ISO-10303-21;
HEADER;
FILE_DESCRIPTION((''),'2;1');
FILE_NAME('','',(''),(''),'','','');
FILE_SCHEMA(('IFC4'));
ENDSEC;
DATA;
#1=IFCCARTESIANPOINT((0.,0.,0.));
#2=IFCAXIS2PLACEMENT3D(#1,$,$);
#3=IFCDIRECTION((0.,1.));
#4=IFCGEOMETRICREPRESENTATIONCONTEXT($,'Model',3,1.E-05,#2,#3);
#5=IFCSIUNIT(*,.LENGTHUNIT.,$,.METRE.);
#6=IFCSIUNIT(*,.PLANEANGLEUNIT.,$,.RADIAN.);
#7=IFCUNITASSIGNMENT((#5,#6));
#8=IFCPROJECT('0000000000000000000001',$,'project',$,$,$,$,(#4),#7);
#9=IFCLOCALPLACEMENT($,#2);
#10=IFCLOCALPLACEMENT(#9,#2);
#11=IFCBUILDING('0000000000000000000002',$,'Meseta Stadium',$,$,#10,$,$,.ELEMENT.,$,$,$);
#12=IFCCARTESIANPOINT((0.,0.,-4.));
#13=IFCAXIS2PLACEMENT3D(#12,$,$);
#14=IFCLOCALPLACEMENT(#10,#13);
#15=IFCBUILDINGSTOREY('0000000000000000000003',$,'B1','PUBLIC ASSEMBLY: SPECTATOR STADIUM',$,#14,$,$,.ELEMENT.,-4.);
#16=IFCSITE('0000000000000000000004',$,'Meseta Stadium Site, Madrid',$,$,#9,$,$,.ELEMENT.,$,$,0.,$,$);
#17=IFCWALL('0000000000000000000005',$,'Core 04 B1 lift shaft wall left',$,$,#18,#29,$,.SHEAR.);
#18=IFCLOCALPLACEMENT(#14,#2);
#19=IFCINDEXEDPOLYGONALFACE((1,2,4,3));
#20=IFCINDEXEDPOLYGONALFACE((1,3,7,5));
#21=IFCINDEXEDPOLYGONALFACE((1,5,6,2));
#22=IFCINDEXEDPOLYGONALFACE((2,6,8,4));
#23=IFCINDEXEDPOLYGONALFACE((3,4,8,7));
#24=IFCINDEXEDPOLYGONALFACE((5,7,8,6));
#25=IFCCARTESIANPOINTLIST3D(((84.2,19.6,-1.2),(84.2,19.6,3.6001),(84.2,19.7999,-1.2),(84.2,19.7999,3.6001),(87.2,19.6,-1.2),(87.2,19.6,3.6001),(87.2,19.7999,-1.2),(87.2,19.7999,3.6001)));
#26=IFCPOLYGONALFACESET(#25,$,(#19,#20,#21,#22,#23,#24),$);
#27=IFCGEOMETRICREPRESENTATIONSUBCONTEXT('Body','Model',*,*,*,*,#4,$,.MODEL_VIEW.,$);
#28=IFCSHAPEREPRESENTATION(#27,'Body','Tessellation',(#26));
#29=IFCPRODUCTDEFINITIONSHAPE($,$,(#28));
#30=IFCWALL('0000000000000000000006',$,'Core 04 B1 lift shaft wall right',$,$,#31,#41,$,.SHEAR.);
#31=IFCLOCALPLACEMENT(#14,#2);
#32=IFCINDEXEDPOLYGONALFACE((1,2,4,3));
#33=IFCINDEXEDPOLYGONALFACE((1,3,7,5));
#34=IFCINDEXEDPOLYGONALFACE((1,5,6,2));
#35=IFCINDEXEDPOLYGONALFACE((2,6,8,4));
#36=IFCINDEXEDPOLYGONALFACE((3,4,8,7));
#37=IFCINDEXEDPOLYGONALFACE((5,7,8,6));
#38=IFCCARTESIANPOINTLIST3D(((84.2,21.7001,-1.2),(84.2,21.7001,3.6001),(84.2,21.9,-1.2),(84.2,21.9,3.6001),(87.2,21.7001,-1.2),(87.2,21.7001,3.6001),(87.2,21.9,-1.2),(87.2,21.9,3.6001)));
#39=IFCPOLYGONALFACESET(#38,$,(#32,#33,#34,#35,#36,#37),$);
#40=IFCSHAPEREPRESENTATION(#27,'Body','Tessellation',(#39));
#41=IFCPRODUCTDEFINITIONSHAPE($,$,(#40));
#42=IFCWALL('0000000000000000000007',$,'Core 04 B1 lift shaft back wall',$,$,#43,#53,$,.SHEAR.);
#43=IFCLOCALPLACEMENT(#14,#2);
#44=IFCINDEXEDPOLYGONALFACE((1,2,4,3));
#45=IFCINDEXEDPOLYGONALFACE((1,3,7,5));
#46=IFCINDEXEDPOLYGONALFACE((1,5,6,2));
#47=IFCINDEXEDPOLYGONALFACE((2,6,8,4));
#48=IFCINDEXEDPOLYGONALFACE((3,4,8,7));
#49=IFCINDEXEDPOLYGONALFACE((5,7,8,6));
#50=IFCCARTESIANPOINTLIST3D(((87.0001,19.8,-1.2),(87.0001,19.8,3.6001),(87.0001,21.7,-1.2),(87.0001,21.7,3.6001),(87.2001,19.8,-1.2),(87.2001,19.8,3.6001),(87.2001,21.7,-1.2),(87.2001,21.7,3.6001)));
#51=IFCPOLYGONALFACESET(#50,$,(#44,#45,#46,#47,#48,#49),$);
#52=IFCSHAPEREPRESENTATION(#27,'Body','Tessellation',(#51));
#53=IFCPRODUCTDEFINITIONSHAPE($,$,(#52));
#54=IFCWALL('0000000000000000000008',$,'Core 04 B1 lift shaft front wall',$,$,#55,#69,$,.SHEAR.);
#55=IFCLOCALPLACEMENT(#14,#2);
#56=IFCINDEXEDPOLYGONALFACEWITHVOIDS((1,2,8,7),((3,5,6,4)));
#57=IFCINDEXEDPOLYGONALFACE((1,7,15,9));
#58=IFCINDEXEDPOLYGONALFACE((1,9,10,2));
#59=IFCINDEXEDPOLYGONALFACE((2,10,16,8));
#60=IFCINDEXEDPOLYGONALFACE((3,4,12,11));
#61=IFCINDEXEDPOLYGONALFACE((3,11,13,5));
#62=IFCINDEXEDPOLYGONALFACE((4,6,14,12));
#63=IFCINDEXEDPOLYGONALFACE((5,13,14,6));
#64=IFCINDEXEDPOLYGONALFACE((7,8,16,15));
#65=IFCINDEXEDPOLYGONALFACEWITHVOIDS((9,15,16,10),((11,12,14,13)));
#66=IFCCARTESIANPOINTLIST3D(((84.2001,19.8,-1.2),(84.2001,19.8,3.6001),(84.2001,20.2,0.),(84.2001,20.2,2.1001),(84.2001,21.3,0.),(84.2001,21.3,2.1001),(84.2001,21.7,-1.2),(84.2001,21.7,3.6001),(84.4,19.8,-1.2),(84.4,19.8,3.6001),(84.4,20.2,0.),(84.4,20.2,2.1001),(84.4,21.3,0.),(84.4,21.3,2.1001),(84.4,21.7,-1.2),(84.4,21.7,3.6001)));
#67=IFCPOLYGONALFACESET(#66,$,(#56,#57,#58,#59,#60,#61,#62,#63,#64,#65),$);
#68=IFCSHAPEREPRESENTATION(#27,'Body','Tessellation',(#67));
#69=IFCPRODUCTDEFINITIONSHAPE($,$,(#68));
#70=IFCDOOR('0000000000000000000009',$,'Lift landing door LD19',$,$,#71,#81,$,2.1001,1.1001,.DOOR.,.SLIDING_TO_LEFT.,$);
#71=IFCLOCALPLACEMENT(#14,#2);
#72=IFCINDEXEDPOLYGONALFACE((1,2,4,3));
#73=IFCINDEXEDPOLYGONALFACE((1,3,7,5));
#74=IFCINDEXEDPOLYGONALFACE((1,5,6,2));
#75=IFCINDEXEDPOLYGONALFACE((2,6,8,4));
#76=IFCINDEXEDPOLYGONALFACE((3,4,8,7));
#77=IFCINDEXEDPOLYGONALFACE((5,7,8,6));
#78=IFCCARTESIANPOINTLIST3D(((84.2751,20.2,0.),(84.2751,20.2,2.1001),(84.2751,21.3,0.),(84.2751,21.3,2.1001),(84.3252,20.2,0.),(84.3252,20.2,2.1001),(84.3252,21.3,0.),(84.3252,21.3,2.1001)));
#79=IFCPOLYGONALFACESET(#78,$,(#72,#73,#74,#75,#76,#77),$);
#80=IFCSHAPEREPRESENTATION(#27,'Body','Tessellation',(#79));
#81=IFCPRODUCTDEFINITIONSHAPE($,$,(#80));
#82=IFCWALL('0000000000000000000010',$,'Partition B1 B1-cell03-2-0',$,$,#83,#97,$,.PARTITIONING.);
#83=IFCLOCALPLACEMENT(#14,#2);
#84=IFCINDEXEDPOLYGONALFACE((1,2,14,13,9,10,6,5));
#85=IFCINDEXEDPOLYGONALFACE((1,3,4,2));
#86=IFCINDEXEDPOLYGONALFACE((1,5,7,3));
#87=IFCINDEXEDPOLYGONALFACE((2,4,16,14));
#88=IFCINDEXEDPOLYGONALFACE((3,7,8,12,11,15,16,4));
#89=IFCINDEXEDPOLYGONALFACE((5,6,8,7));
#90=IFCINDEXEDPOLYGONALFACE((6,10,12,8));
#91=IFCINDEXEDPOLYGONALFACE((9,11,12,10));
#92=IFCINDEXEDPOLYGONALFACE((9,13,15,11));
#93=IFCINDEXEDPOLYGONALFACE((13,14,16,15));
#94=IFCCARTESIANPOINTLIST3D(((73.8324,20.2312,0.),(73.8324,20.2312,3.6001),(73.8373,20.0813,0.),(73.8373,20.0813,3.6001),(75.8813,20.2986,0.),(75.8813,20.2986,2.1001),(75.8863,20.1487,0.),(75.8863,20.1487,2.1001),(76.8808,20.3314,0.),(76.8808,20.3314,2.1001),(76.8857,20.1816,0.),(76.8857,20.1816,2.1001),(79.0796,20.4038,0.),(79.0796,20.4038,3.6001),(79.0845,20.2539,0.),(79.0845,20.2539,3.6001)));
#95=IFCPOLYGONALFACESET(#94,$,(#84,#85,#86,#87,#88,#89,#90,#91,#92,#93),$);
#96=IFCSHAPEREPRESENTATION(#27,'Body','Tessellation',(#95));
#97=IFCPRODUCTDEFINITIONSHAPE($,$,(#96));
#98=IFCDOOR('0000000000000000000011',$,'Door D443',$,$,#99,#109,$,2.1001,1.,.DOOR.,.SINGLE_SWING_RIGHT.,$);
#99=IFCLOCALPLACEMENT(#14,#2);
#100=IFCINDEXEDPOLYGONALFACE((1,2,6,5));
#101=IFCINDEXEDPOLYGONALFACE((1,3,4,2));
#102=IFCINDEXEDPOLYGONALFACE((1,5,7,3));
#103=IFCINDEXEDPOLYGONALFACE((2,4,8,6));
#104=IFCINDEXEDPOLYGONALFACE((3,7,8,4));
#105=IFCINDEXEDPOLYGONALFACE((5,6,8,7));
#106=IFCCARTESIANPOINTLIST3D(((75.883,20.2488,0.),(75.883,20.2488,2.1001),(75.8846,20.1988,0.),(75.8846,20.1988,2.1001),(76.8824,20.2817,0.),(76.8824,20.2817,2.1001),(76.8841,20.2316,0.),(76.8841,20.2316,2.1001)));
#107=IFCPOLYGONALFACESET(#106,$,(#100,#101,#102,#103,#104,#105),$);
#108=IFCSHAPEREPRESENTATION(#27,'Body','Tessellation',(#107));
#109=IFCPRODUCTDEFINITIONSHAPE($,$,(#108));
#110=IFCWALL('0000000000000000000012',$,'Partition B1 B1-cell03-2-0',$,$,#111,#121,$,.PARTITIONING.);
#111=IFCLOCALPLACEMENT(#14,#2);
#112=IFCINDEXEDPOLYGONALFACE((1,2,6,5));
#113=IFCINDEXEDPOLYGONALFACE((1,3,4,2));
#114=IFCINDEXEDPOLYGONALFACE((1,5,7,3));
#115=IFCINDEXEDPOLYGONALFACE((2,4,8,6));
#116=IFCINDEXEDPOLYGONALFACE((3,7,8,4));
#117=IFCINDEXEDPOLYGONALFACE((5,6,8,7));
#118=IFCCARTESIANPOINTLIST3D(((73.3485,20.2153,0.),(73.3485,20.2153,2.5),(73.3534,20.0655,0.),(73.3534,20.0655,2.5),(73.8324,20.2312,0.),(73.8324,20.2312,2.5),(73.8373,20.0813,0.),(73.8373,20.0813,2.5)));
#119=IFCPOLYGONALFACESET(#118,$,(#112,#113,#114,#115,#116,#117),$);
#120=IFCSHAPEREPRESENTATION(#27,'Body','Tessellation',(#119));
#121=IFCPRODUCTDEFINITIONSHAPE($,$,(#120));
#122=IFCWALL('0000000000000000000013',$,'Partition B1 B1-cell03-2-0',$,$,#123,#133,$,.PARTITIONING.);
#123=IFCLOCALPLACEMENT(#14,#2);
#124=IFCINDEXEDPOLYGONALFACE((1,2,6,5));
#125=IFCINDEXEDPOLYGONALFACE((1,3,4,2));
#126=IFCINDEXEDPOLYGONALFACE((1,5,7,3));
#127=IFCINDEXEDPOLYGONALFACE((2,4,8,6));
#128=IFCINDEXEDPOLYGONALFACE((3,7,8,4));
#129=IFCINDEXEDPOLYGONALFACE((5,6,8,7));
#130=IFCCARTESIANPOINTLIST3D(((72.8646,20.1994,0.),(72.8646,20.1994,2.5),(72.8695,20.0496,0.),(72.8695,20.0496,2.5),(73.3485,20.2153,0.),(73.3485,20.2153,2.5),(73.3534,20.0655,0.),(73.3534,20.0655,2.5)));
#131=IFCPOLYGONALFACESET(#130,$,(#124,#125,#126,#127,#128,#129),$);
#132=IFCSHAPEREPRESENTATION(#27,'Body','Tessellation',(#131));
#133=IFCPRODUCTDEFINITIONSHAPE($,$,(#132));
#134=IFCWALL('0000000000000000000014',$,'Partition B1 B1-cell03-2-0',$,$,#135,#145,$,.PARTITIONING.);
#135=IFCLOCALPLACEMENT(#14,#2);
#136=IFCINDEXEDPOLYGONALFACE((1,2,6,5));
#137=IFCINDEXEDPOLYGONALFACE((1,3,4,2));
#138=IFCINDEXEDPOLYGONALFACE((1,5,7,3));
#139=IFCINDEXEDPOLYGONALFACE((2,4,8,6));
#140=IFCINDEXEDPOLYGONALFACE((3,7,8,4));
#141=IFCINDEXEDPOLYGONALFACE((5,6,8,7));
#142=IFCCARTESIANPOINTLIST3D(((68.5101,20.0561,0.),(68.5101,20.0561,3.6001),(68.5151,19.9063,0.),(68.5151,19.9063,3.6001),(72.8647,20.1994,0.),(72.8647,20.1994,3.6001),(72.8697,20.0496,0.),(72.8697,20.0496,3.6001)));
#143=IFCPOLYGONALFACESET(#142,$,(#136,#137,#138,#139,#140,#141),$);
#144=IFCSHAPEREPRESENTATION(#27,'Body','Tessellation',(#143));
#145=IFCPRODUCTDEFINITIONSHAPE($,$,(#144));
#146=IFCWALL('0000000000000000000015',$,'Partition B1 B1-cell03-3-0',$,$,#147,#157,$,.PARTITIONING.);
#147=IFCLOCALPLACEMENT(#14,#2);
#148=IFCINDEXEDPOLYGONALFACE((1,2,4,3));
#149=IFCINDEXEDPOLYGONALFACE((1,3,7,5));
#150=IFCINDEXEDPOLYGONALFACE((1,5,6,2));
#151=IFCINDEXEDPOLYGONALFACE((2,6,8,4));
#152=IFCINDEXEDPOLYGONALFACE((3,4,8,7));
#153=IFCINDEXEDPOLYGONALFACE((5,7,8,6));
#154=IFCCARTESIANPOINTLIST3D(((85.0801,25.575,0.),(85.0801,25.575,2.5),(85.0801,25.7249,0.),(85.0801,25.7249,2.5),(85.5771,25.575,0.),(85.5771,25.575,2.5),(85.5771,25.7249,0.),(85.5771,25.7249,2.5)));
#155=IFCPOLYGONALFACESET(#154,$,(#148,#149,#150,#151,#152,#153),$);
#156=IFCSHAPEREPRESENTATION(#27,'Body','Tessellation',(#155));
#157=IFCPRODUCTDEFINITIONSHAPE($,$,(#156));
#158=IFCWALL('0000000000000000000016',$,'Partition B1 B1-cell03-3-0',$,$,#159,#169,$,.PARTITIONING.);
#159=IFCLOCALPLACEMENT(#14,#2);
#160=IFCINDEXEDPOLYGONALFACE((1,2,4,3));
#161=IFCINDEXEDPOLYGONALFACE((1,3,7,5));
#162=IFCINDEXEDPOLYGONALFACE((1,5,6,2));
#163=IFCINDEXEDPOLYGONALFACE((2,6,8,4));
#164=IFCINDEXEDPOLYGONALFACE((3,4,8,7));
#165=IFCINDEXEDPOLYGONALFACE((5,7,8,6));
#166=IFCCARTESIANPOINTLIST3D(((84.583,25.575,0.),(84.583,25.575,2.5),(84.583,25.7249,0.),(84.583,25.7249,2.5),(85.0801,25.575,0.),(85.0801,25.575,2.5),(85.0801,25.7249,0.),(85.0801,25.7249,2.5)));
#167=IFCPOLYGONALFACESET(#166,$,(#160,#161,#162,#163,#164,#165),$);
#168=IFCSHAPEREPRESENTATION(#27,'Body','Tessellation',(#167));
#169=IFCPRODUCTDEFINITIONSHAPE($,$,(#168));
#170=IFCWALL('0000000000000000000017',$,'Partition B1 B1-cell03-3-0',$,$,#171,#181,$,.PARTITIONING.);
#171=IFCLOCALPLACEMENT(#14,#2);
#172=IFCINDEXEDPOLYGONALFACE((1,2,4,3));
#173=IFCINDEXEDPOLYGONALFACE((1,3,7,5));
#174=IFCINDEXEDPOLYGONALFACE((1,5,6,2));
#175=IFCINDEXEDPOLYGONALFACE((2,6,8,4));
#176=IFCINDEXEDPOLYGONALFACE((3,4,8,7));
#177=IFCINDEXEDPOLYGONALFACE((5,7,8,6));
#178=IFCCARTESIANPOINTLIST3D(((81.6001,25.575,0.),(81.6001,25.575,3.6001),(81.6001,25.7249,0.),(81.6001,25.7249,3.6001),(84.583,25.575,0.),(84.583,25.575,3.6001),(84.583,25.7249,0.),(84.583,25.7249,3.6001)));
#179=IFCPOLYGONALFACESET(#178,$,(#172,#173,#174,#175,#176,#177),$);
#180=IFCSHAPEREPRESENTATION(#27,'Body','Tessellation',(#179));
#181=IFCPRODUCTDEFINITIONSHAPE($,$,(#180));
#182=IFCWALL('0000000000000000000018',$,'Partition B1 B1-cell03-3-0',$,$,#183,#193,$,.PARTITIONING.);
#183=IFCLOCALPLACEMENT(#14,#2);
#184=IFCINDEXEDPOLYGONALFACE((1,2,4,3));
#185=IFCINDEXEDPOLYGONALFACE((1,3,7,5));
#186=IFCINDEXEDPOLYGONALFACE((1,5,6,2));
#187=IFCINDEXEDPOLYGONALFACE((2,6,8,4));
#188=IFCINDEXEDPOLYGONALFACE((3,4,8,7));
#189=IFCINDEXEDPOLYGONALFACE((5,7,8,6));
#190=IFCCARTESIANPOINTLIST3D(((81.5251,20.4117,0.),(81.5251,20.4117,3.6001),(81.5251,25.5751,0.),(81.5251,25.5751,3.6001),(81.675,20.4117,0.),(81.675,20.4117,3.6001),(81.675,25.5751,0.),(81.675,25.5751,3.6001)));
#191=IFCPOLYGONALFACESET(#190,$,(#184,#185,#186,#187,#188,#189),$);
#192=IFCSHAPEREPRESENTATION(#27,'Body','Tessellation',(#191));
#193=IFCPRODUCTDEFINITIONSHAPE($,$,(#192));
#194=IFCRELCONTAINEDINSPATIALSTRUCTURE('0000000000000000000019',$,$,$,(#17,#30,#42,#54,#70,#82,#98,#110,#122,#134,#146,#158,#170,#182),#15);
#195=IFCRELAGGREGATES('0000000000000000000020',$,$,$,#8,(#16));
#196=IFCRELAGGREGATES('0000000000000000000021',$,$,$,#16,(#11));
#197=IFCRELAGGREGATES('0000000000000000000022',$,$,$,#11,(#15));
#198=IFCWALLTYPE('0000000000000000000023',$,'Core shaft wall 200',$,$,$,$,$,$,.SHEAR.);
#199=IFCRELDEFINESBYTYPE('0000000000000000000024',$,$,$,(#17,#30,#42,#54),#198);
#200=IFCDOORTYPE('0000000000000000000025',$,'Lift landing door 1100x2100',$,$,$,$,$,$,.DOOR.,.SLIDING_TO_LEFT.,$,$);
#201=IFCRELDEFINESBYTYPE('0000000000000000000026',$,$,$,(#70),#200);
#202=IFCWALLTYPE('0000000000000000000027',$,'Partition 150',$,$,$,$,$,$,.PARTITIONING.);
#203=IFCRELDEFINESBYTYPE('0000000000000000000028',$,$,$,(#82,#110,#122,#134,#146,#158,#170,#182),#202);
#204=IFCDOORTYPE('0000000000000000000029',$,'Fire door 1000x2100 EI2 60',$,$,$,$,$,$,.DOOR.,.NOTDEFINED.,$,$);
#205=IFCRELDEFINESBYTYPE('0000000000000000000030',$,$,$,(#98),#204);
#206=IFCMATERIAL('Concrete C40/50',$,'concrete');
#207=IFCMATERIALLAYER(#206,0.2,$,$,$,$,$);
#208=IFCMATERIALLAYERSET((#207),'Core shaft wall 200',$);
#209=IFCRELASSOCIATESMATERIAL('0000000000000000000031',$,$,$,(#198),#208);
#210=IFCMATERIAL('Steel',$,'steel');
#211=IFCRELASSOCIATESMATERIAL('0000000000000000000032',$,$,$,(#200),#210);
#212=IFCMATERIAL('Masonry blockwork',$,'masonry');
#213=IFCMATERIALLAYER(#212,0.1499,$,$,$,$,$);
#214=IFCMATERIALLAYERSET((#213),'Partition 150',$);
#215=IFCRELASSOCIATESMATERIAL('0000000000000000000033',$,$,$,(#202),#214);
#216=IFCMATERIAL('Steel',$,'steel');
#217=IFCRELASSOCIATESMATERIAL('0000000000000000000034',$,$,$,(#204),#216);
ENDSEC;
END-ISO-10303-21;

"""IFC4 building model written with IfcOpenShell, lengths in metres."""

from ifc_helpers import new_model, si_unit, direction, frame, frame_2d, origin, place, context, subcontext, project, spatial, rectangle, extrude, material, layer, layer_set, type_object, element, fill, save


model = new_model("IFC4")

# Units and contexts
model_context = context("Model", 3, precision=1e-05, world=origin(), true_north=direction((0.0, 1.0)))
body_context = subcontext(model_context, "Body", "Model", "MODEL_VIEW")
ifc_project = project(units=[si_unit("LENGTHUNIT", "METRE"), si_unit("PLANEANGLEUNIT", "RADIAN")], contexts=[model_context])

# Site, building, storey
site_placement = place(None, origin())
site = spatial("IfcSite", under=ifc_project, at=site_placement, Name="Meseta Stadium Site, Madrid", CompositionType="ELEMENT", RefElevation=0.0)
building_placement = place(site_placement, origin())
building = spatial("IfcBuilding", under=site, at=building_placement, Name="Meseta Stadium", CompositionType="ELEMENT")
storey_placement = place(building_placement, frame((0.0, 0.0, -4.0)))
storey = spatial("IfcBuildingStorey", under=building, at=storey_placement, Name="B1", Description="PUBLIC ASSEMBLY: SPECTATOR STADIUM", CompositionType="ELEMENT", Elevation=-4.0)

# Walls
ifc_material_1 = material(Name="Concrete C40/50", Category="concrete")
ifc_layer_1 = layer(ifc_material_1, 0.2)
ifc_layer_set_1 = layer_set([ifc_layer_1], Name="Core shaft wall 200")
wall_type_1 = type_object("IfcWallType", Name="Core shaft wall 200", PredefinedType="SHEAR", material=ifc_layer_set_1)
for number, where, z_axis, x_axis, name in (
    (1, (87.2, 19.7, -1.2), (0.0, 0.0, 1.0), (-1.0, 0.0, 0.0), "Core 04 B1 lift shaft wall left"),
    (2, (87.2, 21.8, -1.2), (0.0, 0.0, 1.0), (-1.0, 0.0, 0.0), "Core 04 B1 lift shaft wall right"),
):
    element("IfcWall", number, at=place(storey_placement, frame(where, z_axis=z_axis, x_axis=x_axis)), inside=storey, type_object=wall_type_1, Name=name, PredefinedType="SHEAR", context=body_context, shape_type="SweptSolid", body=[
        extrude(rectangle(XDim=3.0, YDim=0.2, at=frame_2d((1.5, 0.0))), origin(), (0.0, 0.0, 1.0), 4.8),
    ])
wall_1_placement = place(storey_placement, frame((87.1001, 19.8, -1.2), z_axis=(0.0, 0.0, 1.0), x_axis=(0.0, 1.0, 0.0)))
element("IfcWall", 3, at=wall_1_placement, inside=storey, type_object=wall_type_1, Name="Core 04 B1 lift shaft back wall", PredefinedType="SHEAR", context=body_context, shape_type="SweptSolid", body=[
    extrude(rectangle(XDim=1.8999, YDim=0.2, at=frame_2d((0.95, 0.0))), origin(), (0.0, 0.0, 1.0), 4.8),
])

# Walls, openings, doors
wall_2_placement = place(storey_placement, frame((84.3, 19.8, -1.2), z_axis=(0.0, 0.0, 1.0), x_axis=(0.0, 1.0, 0.0)))
wall_2 = element("IfcWall", 4, at=wall_2_placement, inside=storey, type_object=wall_type_1, Name="Core 04 B1 lift shaft front wall", PredefinedType="SHEAR", context=body_context, shape_type="SweptSolid", body=[
    extrude(rectangle(XDim=1.8999, YDim=0.2, at=frame_2d((0.95, 0.0))), origin(), (0.0, 0.0, 1.0), 4.8),
])
opening_1_placement = place(wall_2_placement, frame((0.3999, 0.0, 1.2)))
opening_1 = element("IfcOpeningElement", 5, at=opening_1_placement, cuts=wall_2, PredefinedType="OPENING", context=body_context, shape_type="SweptSolid", body=[
    extrude(rectangle(XDim=1.1001, YDim=2.1001, at=frame_2d((0.55, 1.05))), frame((0.0, 0.1099, 0.0), z_axis=(0.0, -1.0, 0.0), x_axis=(1.0, 0.0, 0.0)), (0.0, 0.0, 1.0), 0.22),
])
ifc_material_2 = material(Name="Steel", Category="steel")
door_type_1 = type_object("IfcDoorType", Name="Lift landing door 1100x2100", OperationType="SLIDING_TO_LEFT", PredefinedType="DOOR", material=ifc_material_2)
door_1_placement = place(opening_1_placement, origin())
door_1 = element("IfcDoor", 6, at=door_1_placement, inside=storey, type_object=door_type_1, Name="Lift landing door LD19", OperationType="SLIDING_TO_LEFT", OverallHeight=2.1001, OverallWidth=1.1001, PredefinedType="DOOR", context=body_context, shape_type="SweptSolid", body=[
    extrude(rectangle(XDim=1.1001, YDim=2.1001, at=frame_2d((0.55, 1.05))), frame((0.0, 0.0249, 0.0), z_axis=(0.0, -1.0, 0.0), x_axis=(1.0, 0.0, 0.0)), (0.0, 0.0, 1.0), 0.05),
])
fill(opening_1, door_1)
ifc_material_3 = material(Name="Masonry blockwork", Category="masonry")
ifc_layer_2 = layer(ifc_material_3, 0.1499)
ifc_layer_set_2 = layer_set([ifc_layer_2], Name="Partition 150")
wall_type_2 = type_object("IfcWallType", Name="Partition 150", PredefinedType="PARTITIONING", material=ifc_layer_set_2)
wall_3_placement = place(storey_placement, frame((79.082, 20.3289, 0.0), z_axis=(0.0, 0.0, 1.0), x_axis=(-0.999459, -0.032878, 0.0)))
wall_3 = element("IfcWall", 7, at=wall_3_placement, inside=storey, type_object=wall_type_2, Name="Partition B1 B1-cell03-2-0", PredefinedType="PARTITIONING", context=body_context, shape_type="SweptSolid", body=[
    extrude(rectangle(XDim=5.25, YDim=0.1499, at=frame_2d((2.625, 0.0))), origin(), (0.0, 0.0, 1.0), 3.6001),
])
opening_2_placement = place(wall_3_placement, frame((2.2, 0.0, 0.0)))
opening_2 = element("IfcOpeningElement", 8, at=opening_2_placement, cuts=wall_3, PredefinedType="OPENING", context=body_context, shape_type="SweptSolid", body=[
    extrude(rectangle(XDim=1.0, YDim=2.1001, at=frame_2d((0.5, 1.05))), frame((0.0, 0.085, 0.0), z_axis=(0.0, -1.0, 0.0), x_axis=(1.0, 0.0, 0.0)), (0.0, 0.0, 1.0), 0.1699),
])
ifc_material_4 = material(Name="Steel", Category="steel")
door_type_2 = type_object("IfcDoorType", Name="Fire door 1000x2100 EI2 60", OperationType="NOTDEFINED", PredefinedType="DOOR", material=ifc_material_4)
door_2_placement = place(opening_2_placement, origin())
door_2 = element("IfcDoor", 9, at=door_2_placement, inside=storey, type_object=door_type_2, Name="Door D443", OperationType="SINGLE_SWING_RIGHT", OverallHeight=2.1001, OverallWidth=1.0, PredefinedType="DOOR", context=body_context, shape_type="SweptSolid", body=[
    extrude(rectangle(XDim=1.0, YDim=2.1001, at=frame_2d((0.5, 1.05))), frame((0.0, 0.0249, 0.0), z_axis=(0.0, -1.0, 0.0), x_axis=(1.0, 0.0, 0.0)), (0.0, 0.0, 1.0), 0.05),
])
fill(opening_2, door_2)

# Walls
for number, where, z_axis, x_axis, name in (
    (10, (73.835, 20.1562, 0.0), (0.0, 0.0, 1.0), (-0.999463, -0.032778, 0.0), "Partition B1 B1-cell03-2-0"),
    (11, (73.3511, 20.1404, 0.0), (0.0, 0.0, 1.0), (-0.999463, -0.032778, 0.0), "Partition B1 B1-cell03-2-0"),
):
    element("IfcWall", number, at=place(storey_placement, frame(where, z_axis=z_axis, x_axis=x_axis)), inside=storey, type_object=wall_type_2, Name=name, PredefinedType="PARTITIONING", context=body_context, shape_type="SweptSolid", body=[
        extrude(rectangle(XDim=0.4841, YDim=0.1499, at=frame_2d((0.2422, 0.0))), origin(), (0.0, 0.0, 1.0), 2.5),
    ])
wall_4_placement = place(storey_placement, frame((72.8672, 20.1245, 0.0), z_axis=(0.0, 0.0, 1.0), x_axis=(-0.999459, -0.032893, 0.0)))
element("IfcWall", 12, at=wall_4_placement, inside=storey, type_object=wall_type_2, Name="Partition B1 B1-cell03-2-0", PredefinedType="PARTITIONING", context=body_context, shape_type="SweptSolid", body=[
    extrude(rectangle(XDim=4.3569, YDim=0.1499, at=frame_2d((2.1785, 0.0))), origin(), (0.0, 0.0, 1.0), 3.6001),
])
for number, where, z_axis, x_axis, name in (
    (13, (85.5771, 25.6499, 0.0), (0.0, 0.0, 1.0), (-1.0, 0.0, 0.0), "Partition B1 B1-cell03-3-0"),
    (14, (85.0801, 25.6499, 0.0), (0.0, 0.0, 1.0), (-1.0, 0.0, 0.0), "Partition B1 B1-cell03-3-0"),
):
    element("IfcWall", number, at=place(storey_placement, frame(where, z_axis=z_axis, x_axis=x_axis)), inside=storey, type_object=wall_type_2, Name=name, PredefinedType="PARTITIONING", context=body_context, shape_type="SweptSolid", body=[
        extrude(rectangle(XDim=0.4971, YDim=0.1499, at=frame_2d((0.2485, 0.0))), origin(), (0.0, 0.0, 1.0), 2.5),
    ])
wall_5_placement = place(storey_placement, frame((84.583, 25.6499, 0.0), z_axis=(0.0, 0.0, 1.0), x_axis=(-1.0, 0.0, 0.0)))
element("IfcWall", 15, at=wall_5_placement, inside=storey, type_object=wall_type_2, Name="Partition B1 B1-cell03-3-0", PredefinedType="PARTITIONING", context=body_context, shape_type="SweptSolid", body=[
    extrude(rectangle(XDim=2.9829, YDim=0.1499, at=frame_2d((1.4915, 0.0))), origin(), (0.0, 0.0, 1.0), 3.6001),
])
wall_6_placement = place(storey_placement, frame((81.6001, 25.575, 0.0), z_axis=(0.0, 0.0, 1.0), x_axis=(0.0, -1.0, 0.0)))
element("IfcWall", 16, at=wall_6_placement, inside=storey, type_object=wall_type_2, Name="Partition B1 B1-cell03-3-0", PredefinedType="PARTITIONING", context=body_context, shape_type="SweptSolid", body=[
    extrude(rectangle(XDim=5.1633, YDim=0.1499, at=frame_2d((2.5815, 0.0))), origin(), (0.0, 0.0, 1.0), 3.6001),
])

save(model, "model.ifc")
